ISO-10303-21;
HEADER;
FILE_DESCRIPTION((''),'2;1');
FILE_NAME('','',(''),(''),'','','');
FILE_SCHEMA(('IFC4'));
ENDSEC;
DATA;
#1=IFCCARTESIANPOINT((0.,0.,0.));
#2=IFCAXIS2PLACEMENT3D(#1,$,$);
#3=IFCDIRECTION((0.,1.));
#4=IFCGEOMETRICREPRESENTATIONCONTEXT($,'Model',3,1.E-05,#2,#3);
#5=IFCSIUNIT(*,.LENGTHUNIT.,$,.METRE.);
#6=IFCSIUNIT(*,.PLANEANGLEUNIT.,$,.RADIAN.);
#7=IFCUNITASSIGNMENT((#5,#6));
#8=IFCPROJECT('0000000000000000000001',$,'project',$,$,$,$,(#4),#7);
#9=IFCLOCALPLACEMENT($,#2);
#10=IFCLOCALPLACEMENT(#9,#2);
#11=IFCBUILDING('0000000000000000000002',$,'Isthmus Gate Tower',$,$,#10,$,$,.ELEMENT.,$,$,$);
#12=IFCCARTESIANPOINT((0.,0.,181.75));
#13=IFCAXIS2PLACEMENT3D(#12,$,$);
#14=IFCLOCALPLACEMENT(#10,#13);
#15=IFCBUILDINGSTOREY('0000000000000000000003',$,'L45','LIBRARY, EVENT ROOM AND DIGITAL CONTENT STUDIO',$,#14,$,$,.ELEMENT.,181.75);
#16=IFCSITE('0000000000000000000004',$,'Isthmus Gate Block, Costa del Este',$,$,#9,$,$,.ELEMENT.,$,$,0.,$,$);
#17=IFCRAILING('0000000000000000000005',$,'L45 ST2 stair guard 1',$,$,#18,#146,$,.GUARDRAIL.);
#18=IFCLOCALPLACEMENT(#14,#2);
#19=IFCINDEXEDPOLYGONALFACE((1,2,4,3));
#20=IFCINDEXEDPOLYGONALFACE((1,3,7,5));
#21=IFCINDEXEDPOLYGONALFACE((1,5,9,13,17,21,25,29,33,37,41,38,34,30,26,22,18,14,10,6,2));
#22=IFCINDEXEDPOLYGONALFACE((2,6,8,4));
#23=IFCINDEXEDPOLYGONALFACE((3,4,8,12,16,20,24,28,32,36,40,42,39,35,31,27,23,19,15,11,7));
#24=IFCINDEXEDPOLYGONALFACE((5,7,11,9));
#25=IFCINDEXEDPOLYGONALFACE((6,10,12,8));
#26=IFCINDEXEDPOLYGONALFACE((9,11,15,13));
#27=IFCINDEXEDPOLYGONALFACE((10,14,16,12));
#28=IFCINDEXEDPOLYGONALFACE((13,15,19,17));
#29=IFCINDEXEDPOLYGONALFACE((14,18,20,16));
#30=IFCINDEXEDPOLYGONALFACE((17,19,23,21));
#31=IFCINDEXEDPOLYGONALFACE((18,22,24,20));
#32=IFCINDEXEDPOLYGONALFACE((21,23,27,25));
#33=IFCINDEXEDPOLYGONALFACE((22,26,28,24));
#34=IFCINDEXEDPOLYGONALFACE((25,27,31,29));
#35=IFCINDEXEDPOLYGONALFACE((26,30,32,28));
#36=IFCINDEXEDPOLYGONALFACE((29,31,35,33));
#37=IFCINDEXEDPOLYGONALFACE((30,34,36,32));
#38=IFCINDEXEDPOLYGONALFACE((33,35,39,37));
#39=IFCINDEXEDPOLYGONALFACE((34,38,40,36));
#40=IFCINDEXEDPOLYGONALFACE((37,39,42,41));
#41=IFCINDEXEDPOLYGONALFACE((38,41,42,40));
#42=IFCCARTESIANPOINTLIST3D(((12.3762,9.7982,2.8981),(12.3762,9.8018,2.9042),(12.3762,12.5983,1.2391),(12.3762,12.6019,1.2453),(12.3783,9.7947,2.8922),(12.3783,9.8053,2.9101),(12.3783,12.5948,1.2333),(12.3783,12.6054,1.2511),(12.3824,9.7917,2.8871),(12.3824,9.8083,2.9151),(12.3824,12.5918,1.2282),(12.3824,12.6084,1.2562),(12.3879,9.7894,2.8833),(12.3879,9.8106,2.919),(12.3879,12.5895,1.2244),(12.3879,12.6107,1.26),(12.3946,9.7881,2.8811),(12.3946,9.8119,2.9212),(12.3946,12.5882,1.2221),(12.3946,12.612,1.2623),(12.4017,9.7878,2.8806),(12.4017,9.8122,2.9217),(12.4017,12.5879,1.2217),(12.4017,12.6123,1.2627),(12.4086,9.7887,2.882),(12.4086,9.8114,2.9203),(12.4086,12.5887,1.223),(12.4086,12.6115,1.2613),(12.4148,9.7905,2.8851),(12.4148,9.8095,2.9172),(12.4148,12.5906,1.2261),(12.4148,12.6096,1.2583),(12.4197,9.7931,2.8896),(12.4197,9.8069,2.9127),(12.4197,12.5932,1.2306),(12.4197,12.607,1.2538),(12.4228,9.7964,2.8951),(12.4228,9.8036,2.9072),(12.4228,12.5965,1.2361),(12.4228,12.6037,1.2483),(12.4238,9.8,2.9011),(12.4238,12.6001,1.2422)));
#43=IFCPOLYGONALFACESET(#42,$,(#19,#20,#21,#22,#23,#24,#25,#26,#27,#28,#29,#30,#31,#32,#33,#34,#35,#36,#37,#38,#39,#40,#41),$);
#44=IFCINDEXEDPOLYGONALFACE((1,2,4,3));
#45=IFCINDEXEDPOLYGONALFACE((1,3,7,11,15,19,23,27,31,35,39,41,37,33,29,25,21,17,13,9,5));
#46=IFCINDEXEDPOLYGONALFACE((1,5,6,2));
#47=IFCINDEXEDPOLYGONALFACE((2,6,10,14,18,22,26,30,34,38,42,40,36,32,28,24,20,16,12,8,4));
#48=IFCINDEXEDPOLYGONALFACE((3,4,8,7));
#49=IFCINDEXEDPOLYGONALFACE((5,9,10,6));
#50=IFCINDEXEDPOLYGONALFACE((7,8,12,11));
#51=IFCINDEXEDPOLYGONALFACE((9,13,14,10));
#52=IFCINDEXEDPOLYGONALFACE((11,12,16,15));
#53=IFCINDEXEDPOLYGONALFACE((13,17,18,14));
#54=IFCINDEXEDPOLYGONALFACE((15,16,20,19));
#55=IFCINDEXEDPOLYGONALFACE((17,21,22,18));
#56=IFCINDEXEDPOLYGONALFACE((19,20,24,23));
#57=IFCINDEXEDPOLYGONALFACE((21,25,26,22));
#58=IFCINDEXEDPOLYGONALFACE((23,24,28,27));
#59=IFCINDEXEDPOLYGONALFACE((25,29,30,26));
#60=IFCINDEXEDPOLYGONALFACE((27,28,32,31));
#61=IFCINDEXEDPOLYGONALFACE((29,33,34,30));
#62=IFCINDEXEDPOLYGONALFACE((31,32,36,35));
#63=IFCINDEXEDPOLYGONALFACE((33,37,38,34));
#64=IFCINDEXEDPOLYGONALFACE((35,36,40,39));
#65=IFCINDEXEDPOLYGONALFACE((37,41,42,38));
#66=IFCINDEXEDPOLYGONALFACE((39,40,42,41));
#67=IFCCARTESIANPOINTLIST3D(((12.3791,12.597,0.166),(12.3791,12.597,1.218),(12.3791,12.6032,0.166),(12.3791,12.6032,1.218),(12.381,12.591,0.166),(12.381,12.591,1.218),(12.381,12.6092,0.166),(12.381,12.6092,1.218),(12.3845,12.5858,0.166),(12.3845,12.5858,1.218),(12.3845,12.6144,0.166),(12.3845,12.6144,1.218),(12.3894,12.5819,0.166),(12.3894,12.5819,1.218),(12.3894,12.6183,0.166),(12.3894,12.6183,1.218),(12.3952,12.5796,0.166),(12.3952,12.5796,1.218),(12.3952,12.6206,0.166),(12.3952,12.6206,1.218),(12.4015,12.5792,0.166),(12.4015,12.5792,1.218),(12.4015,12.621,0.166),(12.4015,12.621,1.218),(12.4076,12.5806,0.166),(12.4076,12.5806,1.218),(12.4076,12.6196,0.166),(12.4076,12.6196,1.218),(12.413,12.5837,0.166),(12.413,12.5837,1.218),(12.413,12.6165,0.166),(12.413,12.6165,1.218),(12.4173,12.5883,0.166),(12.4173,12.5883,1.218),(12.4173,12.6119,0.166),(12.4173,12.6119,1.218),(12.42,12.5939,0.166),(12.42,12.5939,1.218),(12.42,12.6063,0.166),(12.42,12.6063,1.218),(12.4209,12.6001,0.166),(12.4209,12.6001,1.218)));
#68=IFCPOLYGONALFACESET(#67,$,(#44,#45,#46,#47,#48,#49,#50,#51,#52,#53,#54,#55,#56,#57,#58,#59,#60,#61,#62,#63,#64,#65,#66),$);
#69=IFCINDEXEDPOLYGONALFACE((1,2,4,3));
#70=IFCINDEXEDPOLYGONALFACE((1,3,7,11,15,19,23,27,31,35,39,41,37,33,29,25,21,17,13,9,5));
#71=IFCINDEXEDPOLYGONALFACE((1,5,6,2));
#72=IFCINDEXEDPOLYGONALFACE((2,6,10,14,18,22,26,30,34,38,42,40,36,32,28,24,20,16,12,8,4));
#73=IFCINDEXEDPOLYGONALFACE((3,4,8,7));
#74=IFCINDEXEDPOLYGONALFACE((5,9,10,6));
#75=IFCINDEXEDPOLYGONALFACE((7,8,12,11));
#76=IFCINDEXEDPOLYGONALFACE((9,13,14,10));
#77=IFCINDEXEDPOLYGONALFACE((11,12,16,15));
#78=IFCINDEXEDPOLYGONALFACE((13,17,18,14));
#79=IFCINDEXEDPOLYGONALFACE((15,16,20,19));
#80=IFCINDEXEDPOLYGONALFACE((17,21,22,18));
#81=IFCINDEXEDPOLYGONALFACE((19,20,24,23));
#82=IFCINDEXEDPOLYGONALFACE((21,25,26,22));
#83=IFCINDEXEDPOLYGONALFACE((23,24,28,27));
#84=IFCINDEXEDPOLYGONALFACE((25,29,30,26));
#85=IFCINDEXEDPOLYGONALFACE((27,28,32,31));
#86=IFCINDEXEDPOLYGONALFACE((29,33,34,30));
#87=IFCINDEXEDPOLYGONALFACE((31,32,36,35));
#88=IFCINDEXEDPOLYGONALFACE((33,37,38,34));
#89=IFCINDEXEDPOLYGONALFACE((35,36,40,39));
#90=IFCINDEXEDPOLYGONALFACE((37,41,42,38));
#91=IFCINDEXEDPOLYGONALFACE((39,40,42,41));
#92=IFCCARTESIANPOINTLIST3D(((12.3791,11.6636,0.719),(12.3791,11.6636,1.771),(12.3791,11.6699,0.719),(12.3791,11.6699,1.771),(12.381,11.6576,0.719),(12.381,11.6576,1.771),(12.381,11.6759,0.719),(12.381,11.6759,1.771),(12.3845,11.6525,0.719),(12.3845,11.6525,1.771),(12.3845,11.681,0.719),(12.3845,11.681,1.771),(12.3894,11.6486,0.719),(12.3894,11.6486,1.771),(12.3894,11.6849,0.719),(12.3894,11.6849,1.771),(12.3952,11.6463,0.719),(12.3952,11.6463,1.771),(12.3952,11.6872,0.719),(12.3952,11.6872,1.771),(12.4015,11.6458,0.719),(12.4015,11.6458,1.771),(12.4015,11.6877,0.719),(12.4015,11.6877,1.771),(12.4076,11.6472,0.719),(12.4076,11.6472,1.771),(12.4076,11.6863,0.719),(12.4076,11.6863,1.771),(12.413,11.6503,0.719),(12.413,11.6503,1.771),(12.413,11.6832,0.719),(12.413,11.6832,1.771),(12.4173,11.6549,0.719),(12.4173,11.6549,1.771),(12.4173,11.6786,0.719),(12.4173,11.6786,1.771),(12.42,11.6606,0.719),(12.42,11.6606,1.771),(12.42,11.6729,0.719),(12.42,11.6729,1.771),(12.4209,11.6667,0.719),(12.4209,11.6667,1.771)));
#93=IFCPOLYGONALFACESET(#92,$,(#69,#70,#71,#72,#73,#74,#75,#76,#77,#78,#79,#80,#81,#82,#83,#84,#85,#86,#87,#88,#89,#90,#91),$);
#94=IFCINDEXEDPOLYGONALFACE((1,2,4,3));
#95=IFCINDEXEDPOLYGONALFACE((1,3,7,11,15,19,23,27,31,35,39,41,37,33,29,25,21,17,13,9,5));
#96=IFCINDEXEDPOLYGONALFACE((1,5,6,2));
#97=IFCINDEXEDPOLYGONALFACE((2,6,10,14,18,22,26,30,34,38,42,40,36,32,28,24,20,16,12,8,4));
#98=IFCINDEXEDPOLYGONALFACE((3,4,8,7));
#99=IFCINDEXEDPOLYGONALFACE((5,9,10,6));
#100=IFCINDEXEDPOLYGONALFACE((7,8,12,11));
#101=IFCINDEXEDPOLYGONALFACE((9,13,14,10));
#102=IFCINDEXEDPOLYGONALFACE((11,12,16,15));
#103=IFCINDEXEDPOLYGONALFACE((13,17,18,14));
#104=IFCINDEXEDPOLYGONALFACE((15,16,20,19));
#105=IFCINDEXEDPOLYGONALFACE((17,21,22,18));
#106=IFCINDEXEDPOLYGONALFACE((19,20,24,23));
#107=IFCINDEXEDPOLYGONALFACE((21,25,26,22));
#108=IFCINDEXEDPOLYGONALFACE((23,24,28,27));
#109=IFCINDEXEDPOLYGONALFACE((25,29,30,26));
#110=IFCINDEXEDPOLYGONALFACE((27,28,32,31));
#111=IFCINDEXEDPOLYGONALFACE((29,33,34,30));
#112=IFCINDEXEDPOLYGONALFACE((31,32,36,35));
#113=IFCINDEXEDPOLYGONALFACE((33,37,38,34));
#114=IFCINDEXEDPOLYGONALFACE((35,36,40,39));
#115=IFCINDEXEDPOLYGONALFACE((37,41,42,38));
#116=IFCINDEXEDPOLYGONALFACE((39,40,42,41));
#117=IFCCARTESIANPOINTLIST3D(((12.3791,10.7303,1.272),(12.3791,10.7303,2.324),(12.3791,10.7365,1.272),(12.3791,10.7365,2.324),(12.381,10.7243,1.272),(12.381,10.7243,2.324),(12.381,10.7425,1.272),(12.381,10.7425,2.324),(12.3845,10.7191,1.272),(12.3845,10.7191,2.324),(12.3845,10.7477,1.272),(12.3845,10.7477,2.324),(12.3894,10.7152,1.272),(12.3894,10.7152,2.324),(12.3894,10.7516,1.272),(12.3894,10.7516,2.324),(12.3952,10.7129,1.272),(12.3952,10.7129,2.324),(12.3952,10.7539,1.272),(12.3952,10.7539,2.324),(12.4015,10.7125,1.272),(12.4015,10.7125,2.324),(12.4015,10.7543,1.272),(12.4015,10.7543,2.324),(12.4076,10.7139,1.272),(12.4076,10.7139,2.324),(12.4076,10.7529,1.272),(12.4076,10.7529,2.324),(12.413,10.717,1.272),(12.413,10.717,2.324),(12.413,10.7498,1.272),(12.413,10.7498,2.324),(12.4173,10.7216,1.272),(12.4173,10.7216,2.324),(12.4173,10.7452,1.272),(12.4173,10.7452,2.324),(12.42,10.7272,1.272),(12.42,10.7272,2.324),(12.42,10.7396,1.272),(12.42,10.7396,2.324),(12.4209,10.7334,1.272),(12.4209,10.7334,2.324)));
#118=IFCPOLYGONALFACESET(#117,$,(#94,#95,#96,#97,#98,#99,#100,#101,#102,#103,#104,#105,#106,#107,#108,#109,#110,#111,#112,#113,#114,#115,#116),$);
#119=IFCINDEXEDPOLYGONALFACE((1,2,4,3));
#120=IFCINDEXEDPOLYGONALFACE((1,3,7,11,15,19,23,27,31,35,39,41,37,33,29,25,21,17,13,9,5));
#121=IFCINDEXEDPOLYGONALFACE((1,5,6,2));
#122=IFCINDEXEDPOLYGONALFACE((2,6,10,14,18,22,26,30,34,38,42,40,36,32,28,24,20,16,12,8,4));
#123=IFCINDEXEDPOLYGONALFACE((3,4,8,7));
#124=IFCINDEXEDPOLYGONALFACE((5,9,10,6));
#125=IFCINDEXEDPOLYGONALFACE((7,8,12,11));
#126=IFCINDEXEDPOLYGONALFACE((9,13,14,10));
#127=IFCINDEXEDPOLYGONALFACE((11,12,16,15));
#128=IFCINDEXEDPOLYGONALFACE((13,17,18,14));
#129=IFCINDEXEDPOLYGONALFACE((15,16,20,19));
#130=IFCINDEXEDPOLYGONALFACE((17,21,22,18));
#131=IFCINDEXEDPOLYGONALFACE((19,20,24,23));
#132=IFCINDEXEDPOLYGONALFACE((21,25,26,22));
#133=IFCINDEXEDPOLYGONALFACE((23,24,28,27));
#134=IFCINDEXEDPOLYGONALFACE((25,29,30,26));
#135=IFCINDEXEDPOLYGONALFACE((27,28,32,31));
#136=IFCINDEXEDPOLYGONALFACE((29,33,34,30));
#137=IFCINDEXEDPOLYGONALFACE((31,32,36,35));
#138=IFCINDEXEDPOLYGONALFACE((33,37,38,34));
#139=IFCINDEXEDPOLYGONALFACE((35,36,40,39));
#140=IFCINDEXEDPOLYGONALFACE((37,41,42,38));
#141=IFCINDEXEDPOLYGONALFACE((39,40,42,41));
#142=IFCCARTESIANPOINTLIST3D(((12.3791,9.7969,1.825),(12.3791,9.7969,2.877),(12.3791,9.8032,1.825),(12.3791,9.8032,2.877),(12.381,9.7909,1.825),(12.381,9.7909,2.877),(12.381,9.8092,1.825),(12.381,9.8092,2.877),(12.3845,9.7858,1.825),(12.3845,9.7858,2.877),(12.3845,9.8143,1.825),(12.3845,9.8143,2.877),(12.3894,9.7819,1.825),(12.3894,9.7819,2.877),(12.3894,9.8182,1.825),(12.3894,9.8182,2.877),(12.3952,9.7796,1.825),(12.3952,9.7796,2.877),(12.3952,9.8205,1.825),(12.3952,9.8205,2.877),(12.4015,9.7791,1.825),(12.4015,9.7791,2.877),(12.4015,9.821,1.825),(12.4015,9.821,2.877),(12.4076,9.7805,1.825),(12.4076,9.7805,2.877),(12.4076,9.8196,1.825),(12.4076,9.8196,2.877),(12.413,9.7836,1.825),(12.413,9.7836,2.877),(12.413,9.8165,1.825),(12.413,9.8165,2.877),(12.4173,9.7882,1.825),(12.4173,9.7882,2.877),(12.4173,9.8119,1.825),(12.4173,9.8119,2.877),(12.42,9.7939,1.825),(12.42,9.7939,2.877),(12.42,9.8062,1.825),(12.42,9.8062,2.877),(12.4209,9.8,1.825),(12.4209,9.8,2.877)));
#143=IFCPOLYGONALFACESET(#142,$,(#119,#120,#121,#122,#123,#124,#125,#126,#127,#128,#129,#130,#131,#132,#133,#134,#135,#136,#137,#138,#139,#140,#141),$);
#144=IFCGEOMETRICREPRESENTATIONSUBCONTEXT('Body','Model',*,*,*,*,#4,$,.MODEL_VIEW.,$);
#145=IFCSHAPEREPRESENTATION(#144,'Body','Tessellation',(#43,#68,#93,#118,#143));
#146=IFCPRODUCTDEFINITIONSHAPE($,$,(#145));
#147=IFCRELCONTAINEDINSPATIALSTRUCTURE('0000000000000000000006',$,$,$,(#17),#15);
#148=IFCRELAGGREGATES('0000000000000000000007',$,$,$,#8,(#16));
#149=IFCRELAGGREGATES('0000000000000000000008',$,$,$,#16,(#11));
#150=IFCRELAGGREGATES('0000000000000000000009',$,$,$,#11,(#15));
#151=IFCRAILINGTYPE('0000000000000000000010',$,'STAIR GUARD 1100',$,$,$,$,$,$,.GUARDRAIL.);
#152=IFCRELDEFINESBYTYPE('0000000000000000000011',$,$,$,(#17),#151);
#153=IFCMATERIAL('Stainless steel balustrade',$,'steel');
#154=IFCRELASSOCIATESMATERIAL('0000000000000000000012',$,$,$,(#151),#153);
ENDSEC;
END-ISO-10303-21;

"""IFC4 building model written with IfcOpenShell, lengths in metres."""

from ifc_helpers import new_model, si_unit, direction, frame, origin, origin_2d, place, context, subcontext, project, spatial, circle, extrude, material, type_object, element, save


model = new_model("IFC4")

# Units and contexts
model_context = context("Model", 3, precision=1e-05, world=origin(), true_north=direction((0.0, 1.0)))
body_context = subcontext(model_context, "Body", "Model", "MODEL_VIEW")
ifc_project = project(units=[si_unit("LENGTHUNIT", "METRE"), si_unit("PLANEANGLEUNIT", "RADIAN")], contexts=[model_context])

# Site, building, storey
site_placement = place(None, origin())
site = spatial("IfcSite", under=ifc_project, at=site_placement, Name="Isthmus Gate Block, Costa del Este", CompositionType="ELEMENT", RefElevation=0.0)
building_placement = place(site_placement, origin())
building = spatial("IfcBuilding", under=site, at=building_placement, Name="Isthmus Gate Tower", CompositionType="ELEMENT")
storey_placement = place(building_placement, frame((0.0, 0.0, 181.75)))
storey = spatial("IfcBuildingStorey", under=building, at=storey_placement, Name="L45", Description="LIBRARY, EVENT ROOM AND DIGITAL CONTENT STUDIO", CompositionType="ELEMENT", Elevation=181.75)

# Railing
ifc_material_1 = material(Name="Stainless steel balustrade", Category="steel")
railing_type_1 = type_object("IfcRailingType", Name="STAIR GUARD 1100", PredefinedType="GUARDRAIL", material=ifc_material_1)
railing_1_placement = place(storey_placement, frame((12.3999, 12.6001, 0.166)))
element("IfcRailing", 1, at=railing_1_placement, inside=storey, type_object=railing_type_1, Name="L45 ST2 stair guard 1", PredefinedType="GUARDRAIL", context=body_context, shape_type="SweptSolid", body=[
    extrude(circle(Radius=0.0239, at=origin_2d()), frame((0.0, 0.0, 1.0762), z_axis=(0.0, -0.860339, 0.509722), x_axis=(1.0, 0.0, 0.0)), (0.0, 0.0, 1.0), 3.2546),
    extrude(circle(Radius=0.021, at=origin_2d()), origin(), (0.0, 0.0, 1.0), 1.052),
    extrude(circle(Radius=0.021, at=origin_2d()), frame((0.0, -0.9333, 0.553)), (0.0, 0.0, 1.0), 1.052),
    extrude(circle(Radius=0.021, at=origin_2d()), frame((0.0, -1.8667, 1.106)), (0.0, 0.0, 1.0), 1.052),
    extrude(circle(Radius=0.021, at=origin_2d()), frame((0.0, -2.8, 1.6589)), (0.0, 0.0, 1.0), 1.052),
])

save(model, "model.ifc")
